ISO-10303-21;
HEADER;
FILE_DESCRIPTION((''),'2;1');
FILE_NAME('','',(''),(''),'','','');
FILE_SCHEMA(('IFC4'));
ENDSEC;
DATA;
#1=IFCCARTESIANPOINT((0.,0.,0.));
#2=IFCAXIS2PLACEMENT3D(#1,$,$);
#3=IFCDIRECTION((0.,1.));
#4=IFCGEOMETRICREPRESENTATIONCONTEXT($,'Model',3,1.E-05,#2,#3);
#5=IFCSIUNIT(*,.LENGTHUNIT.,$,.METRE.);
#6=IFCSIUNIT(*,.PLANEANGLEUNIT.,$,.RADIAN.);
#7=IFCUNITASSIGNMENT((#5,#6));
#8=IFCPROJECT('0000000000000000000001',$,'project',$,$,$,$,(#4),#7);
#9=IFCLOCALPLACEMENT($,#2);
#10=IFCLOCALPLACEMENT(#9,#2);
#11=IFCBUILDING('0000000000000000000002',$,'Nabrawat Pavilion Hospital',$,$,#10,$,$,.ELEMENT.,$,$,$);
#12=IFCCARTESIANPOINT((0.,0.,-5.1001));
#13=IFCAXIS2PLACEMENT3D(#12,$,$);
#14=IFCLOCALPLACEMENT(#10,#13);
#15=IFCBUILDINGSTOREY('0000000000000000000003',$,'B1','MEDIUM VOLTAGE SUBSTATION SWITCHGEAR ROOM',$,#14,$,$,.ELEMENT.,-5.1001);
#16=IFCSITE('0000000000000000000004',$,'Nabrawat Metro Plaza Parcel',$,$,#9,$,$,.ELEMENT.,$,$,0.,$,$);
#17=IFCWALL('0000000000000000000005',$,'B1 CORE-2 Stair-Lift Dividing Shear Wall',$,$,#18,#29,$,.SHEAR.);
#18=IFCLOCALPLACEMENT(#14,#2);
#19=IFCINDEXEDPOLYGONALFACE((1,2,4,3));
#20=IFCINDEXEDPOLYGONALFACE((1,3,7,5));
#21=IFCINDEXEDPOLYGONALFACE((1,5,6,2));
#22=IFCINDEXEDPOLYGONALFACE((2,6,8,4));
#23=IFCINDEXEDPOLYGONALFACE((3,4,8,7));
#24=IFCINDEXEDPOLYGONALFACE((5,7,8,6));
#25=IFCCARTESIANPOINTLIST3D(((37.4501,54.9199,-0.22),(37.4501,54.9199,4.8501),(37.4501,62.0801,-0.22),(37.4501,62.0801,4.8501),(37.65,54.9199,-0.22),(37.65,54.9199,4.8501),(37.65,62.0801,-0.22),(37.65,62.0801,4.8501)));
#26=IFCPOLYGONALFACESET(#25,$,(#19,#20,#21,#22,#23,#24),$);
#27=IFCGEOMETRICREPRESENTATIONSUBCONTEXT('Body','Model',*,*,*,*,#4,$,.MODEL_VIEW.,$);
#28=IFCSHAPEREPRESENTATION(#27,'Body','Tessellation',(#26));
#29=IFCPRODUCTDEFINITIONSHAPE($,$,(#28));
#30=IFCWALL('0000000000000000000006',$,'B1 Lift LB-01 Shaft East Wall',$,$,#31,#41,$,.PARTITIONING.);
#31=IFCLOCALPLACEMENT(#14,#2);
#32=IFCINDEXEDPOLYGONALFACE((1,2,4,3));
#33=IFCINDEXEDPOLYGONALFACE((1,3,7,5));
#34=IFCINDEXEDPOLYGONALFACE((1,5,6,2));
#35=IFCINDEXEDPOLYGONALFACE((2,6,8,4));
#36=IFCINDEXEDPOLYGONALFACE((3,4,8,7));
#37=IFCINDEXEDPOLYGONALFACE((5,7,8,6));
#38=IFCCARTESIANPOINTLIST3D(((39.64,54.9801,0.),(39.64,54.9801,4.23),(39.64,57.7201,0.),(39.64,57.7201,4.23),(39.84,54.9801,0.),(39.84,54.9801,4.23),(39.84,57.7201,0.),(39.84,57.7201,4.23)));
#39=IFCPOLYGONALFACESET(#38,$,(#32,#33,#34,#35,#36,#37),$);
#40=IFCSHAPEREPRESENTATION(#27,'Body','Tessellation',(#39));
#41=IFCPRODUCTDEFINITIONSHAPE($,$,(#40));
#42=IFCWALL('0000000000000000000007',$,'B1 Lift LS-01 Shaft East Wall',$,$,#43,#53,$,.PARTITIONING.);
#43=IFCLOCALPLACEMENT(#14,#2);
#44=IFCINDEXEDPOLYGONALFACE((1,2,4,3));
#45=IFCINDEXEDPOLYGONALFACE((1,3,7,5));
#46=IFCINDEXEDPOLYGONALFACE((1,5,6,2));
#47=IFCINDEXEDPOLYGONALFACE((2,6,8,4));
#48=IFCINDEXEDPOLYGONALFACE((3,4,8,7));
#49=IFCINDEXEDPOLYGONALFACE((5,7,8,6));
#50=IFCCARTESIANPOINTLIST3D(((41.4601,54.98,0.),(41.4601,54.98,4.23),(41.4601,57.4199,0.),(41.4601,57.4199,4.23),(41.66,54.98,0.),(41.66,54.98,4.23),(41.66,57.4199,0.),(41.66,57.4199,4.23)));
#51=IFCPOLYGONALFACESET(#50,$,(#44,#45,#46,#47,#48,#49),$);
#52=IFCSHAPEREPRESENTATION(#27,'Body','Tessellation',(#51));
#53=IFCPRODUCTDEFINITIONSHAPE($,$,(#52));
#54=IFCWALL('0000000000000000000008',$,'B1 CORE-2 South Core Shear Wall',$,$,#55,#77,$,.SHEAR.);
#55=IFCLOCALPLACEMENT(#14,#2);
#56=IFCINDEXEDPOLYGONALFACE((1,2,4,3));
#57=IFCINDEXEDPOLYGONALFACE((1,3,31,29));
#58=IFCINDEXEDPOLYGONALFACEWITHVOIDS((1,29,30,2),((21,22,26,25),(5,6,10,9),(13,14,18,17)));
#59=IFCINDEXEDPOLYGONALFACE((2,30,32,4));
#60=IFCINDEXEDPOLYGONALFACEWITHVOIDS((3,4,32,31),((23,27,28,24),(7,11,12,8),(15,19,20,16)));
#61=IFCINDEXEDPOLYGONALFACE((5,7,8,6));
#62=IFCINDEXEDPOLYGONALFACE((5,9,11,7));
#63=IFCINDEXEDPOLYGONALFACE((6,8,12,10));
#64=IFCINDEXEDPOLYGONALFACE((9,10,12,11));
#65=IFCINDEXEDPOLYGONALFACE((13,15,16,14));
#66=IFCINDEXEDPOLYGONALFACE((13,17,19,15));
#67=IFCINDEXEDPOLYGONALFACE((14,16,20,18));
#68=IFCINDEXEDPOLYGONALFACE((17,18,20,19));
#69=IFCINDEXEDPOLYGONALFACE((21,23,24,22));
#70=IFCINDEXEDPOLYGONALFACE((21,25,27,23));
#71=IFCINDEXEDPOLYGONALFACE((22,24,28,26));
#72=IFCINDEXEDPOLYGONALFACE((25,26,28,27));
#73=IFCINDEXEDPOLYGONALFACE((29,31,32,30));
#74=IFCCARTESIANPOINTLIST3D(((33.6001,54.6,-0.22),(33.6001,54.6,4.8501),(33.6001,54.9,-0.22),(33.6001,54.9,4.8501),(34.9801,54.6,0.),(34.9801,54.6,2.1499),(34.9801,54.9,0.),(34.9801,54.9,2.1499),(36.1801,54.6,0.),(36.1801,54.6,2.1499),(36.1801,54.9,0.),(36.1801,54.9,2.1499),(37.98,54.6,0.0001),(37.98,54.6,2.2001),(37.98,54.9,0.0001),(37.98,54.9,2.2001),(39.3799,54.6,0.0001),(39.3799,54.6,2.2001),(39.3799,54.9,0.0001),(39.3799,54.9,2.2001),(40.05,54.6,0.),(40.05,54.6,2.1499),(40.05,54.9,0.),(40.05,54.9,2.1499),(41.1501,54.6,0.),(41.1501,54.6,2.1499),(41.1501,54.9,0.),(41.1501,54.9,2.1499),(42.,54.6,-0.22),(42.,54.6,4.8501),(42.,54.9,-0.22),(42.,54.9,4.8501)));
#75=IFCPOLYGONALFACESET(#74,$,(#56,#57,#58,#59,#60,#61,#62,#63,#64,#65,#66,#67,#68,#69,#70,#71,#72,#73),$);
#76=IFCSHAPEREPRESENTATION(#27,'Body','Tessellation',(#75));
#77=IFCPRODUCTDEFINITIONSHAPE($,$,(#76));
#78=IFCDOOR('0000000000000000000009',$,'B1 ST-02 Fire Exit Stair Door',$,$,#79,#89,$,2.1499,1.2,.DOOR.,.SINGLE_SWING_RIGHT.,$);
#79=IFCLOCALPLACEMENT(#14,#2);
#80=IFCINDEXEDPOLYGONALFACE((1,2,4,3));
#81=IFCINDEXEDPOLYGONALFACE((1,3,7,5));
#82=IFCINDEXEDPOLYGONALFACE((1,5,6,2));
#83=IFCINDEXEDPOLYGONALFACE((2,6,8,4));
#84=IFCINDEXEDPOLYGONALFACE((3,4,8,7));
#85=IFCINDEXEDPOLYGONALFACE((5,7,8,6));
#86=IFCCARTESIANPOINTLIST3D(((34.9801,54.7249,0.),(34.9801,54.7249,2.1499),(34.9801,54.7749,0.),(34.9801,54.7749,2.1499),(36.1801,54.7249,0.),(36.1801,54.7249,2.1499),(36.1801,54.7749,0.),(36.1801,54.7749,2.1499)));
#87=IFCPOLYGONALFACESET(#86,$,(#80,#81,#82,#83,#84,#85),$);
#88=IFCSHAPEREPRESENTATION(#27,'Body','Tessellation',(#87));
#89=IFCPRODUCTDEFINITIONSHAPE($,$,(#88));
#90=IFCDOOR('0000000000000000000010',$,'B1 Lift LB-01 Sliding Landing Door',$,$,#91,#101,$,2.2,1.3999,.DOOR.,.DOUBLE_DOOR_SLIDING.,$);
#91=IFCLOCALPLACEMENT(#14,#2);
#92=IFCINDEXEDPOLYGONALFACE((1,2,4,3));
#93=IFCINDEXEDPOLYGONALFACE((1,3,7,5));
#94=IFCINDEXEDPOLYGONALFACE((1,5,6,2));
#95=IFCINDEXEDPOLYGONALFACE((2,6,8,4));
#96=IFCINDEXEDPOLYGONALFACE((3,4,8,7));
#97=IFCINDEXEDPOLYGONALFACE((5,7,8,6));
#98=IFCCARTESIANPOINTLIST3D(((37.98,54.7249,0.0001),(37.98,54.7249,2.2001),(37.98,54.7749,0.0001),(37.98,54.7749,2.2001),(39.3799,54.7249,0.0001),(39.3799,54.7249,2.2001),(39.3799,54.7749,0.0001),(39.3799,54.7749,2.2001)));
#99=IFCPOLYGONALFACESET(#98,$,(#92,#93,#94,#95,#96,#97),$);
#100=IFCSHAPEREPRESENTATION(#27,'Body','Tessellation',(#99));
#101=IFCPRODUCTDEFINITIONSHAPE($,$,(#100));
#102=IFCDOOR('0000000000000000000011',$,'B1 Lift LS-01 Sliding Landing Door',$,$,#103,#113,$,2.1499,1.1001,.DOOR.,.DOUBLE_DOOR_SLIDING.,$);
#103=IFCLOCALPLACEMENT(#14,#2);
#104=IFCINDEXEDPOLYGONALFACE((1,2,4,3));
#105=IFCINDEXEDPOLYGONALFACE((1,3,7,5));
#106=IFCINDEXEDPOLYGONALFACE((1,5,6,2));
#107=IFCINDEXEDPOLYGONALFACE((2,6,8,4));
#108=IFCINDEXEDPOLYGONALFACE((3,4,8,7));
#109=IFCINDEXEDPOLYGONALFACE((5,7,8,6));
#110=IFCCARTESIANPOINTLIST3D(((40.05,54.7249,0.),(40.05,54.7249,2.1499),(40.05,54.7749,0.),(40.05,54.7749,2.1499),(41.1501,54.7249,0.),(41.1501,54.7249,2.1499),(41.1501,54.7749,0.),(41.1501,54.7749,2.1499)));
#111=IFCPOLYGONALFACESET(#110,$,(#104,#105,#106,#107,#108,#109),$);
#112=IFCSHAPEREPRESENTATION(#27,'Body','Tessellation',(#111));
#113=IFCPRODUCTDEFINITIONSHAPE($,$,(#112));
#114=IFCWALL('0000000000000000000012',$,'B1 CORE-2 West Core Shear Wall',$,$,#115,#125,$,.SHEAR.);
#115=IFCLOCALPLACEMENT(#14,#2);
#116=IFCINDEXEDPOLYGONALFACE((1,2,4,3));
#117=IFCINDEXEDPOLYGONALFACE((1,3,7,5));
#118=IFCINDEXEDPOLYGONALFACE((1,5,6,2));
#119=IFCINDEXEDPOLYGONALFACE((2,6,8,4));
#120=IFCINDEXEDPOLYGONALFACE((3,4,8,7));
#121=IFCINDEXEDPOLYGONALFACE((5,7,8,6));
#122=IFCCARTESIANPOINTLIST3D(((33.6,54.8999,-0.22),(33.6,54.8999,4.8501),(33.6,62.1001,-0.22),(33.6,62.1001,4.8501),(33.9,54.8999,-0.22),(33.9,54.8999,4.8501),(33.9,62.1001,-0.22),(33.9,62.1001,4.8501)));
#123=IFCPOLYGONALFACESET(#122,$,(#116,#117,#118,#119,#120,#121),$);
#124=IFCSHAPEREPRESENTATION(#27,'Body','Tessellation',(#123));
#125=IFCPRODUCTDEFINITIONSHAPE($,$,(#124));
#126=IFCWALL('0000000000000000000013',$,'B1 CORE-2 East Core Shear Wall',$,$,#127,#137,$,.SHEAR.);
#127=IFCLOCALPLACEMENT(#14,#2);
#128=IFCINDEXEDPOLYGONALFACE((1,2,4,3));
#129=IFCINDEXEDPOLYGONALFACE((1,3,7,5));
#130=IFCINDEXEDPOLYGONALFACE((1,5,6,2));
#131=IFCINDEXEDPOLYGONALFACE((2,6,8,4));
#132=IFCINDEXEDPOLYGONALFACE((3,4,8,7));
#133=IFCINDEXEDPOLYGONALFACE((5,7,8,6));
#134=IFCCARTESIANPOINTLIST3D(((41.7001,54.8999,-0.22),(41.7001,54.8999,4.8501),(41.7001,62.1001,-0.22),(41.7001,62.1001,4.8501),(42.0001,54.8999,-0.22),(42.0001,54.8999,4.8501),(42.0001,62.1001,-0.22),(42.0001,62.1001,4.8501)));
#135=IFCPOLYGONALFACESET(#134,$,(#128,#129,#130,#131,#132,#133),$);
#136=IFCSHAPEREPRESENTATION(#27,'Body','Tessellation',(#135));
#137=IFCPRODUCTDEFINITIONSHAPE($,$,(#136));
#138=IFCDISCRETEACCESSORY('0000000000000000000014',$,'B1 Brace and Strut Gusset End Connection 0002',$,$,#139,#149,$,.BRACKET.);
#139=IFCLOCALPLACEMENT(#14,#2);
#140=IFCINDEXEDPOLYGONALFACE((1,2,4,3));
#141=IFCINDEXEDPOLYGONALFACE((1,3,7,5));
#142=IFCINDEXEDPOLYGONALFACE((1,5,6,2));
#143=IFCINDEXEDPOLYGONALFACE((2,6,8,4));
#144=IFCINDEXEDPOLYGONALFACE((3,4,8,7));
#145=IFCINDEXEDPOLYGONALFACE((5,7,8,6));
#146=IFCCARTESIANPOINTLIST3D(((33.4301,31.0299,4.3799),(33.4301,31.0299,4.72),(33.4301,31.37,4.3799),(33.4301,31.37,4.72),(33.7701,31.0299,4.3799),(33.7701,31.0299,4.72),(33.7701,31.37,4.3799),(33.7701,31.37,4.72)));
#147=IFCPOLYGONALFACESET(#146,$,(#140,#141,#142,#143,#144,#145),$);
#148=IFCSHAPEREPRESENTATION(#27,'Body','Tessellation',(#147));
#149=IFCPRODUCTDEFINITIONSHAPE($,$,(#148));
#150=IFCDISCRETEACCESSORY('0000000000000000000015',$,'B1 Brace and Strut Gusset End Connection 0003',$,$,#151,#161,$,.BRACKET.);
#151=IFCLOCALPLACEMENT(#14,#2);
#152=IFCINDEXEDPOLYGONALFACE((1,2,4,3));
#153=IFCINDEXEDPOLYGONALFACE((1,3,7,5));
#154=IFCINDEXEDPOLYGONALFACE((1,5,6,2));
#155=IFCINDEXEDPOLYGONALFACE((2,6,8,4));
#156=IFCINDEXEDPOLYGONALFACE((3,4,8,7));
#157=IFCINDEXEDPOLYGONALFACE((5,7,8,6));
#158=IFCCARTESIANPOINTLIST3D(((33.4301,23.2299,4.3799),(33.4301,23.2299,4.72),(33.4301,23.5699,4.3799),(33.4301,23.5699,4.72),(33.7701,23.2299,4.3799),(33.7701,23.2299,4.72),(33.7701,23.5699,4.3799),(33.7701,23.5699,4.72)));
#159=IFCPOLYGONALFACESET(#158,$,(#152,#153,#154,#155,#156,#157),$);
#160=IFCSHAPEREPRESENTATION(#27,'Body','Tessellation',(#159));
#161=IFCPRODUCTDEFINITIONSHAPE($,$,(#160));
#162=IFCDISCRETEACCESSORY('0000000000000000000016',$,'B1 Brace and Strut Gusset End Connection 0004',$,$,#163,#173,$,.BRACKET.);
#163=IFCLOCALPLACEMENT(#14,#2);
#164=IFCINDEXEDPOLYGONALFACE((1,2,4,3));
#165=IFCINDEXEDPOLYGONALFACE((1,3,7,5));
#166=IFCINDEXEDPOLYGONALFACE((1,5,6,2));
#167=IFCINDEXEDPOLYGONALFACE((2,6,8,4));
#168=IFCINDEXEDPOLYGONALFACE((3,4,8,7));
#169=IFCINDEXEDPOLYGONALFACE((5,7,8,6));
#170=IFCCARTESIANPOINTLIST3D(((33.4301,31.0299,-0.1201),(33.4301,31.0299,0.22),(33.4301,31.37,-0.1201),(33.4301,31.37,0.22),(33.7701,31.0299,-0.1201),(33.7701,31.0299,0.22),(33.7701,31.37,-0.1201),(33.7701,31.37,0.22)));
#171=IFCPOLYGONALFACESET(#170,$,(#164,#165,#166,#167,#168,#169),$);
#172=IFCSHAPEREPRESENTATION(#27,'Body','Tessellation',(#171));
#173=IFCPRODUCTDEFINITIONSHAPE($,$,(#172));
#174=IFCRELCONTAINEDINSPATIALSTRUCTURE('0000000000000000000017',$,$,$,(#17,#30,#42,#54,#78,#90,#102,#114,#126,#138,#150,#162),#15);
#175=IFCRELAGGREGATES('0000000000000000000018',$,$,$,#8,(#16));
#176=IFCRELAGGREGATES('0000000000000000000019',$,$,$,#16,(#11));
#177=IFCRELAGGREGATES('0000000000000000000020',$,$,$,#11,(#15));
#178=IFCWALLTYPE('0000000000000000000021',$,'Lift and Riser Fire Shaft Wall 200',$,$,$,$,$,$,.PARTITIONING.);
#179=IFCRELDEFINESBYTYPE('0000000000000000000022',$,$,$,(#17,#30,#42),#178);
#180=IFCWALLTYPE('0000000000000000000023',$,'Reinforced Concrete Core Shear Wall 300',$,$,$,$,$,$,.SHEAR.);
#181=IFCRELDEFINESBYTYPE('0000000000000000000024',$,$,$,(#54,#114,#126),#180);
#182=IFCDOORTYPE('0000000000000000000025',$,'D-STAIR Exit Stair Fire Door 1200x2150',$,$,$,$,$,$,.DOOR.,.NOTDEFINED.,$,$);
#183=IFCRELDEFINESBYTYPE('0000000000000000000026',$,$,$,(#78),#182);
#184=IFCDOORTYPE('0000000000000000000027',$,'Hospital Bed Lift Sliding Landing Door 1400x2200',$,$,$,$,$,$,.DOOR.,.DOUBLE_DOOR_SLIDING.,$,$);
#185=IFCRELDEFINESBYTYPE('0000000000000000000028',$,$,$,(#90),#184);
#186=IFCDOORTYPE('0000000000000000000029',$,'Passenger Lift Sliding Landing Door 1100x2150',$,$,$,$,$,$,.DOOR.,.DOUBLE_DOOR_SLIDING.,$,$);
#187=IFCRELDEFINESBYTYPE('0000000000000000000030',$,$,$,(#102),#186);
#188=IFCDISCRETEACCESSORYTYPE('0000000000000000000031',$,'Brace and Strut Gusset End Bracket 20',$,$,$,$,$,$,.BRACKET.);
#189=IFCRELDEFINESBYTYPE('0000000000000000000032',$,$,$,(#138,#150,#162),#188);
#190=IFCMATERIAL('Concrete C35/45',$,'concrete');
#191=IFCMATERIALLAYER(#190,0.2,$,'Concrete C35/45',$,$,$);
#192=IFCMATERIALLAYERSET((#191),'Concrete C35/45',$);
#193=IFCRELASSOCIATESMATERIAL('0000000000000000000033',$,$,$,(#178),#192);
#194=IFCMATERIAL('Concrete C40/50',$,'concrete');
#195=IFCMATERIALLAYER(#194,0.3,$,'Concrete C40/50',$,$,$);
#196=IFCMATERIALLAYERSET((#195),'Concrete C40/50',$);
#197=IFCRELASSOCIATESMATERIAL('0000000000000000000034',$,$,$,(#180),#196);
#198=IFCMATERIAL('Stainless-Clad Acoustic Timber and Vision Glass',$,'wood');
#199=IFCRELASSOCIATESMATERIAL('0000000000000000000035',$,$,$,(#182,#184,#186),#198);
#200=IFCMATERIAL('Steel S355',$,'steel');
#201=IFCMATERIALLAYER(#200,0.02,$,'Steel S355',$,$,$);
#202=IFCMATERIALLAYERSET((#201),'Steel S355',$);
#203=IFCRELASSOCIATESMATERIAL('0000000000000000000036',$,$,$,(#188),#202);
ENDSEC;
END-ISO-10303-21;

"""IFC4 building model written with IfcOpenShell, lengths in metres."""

from ifc_helpers import new_model, si_unit, direction, frame, frame_2d, origin, origin_2d, place, context, subcontext, project, spatial, rectangle, extrude, material, layer, layer_set, type_object, element, fill, save


model = new_model("IFC4")

# Units and contexts
model_context = context("Model", 3, precision=1e-05, world=origin(), true_north=direction((0.0, 1.0)))
body_context = subcontext(model_context, "Body", "Model", "MODEL_VIEW")
ifc_project = project(units=[si_unit("LENGTHUNIT", "METRE"), si_unit("PLANEANGLEUNIT", "RADIAN")], contexts=[model_context])

# Site, building, storey
site_placement = place(None, origin())
site = spatial("IfcSite", under=ifc_project, at=site_placement, Name="Nabrawat Metro Plaza Parcel", CompositionType="ELEMENT", RefElevation=0.0)
building_placement = place(site_placement, origin())
building = spatial("IfcBuilding", under=site, at=building_placement, Name="Nabrawat Pavilion Hospital", CompositionType="ELEMENT")
storey_placement = place(building_placement, frame((0.0, 0.0, -5.1001)))
storey = spatial("IfcBuildingStorey", under=building, at=storey_placement, Name="B1", Description="MEDIUM VOLTAGE SUBSTATION SWITCHGEAR ROOM", CompositionType="ELEMENT", Elevation=-5.1001)

# Shared definitions
ifc_material_1 = material(Name="Concrete C35/45", Category="concrete")

# Shared definitions
ifc_material_2 = material(Name="Concrete C40/50", Category="concrete")

# Shared definitions
ifc_material_3 = material(Name="Steel S355", Category="steel")

# Walls
ifc_layer_1 = layer(ifc_material_1, 0.2, Name="Concrete C35/45")
ifc_layer_set_1 = layer_set([ifc_layer_1], Name="Concrete C35/45")
wall_type_1 = type_object("IfcWallType", Name="Lift and Riser Fire Shaft Wall 200", PredefinedType="PARTITIONING", material=ifc_layer_set_1)
wall_1_placement = place(storey_placement, frame((37.55, 54.9199, -0.22), z_axis=(0.0, 0.0, 1.0), x_axis=(0.0, 1.0, 0.0)))
element("IfcWall", 1, at=wall_1_placement, inside=storey, type_object=wall_type_1, Name="B1 CORE-2 Stair-Lift Dividing Shear Wall", PredefinedType="SHEAR", context=body_context, shape_type="SweptSolid", body=[
    extrude(rectangle(XDim=7.1602, YDim=0.2, at=frame_2d((3.5801, 0.0))), origin(), (0.0, 0.0, 1.0), 5.0701),
])
wall_2_placement = place(storey_placement, frame((39.74, 54.98, 0.0), z_axis=(0.0, 0.0, 1.0), x_axis=(0.0, 1.0, 0.0)))
element("IfcWall", 2, at=wall_2_placement, inside=storey, type_object=wall_type_1, Name="B1 Lift LB-01 Shaft East Wall", PredefinedType="PARTITIONING", context=body_context, shape_type="SweptSolid", body=[
    extrude(rectangle(XDim=2.74, YDim=0.2, at=frame_2d((1.3701, 0.0))), origin(), (0.0, 0.0, 1.0), 4.23),
])
wall_3_placement = place(storey_placement, frame((41.5601, 54.98, 0.0), z_axis=(0.0, 0.0, 1.0), x_axis=(0.0, 1.0, 0.0)))
element("IfcWall", 3, at=wall_3_placement, inside=storey, type_object=wall_type_1, Name="B1 Lift LS-01 Shaft East Wall", PredefinedType="PARTITIONING", context=body_context, shape_type="SweptSolid", body=[
    extrude(rectangle(XDim=2.4399, YDim=0.2, at=frame_2d((1.22, 0.0))), origin(), (0.0, 0.0, 1.0), 4.23),
])

# Wall, openings, doors
ifc_layer_2 = layer(ifc_material_2, 0.3, Name="Concrete C40/50")
ifc_layer_set_2 = layer_set([ifc_layer_2], Name="Concrete C40/50")
wall_type_2 = type_object("IfcWallType", Name="Reinforced Concrete Core Shear Wall 300", PredefinedType="SHEAR", material=ifc_layer_set_2)
wall_4_placement = place(storey_placement, frame((33.6001, 54.75, -0.22), z_axis=(0.0, 0.0, 1.0), x_axis=(1.0, 0.0, 0.0)))
wall_4 = element("IfcWall", 4, at=wall_4_placement, inside=storey, type_object=wall_type_2, Name="B1 CORE-2 South Core Shear Wall", PredefinedType="SHEAR", context=body_context, shape_type="SweptSolid", body=[
    extrude(rectangle(XDim=8.3999, YDim=0.3, at=frame_2d((4.2, 0.0))), origin(), (0.0, 0.0, 1.0), 5.0701),
])
opening_1_placement = place(wall_4_placement, frame((1.3799, 0.0, 0.22)))
opening_1 = element("IfcOpeningElement", 5, at=opening_1_placement, cuts=wall_4, PredefinedType="OPENING", context=body_context, shape_type="SweptSolid", body=[
    extrude(rectangle(XDim=1.2, YDim=2.1499, at=frame_2d((0.6001, 1.075))), frame((0.0, 0.1602, 0.0), z_axis=(0.0, -1.0, 0.0), x_axis=(1.0, 0.0, 0.0)), (0.0, 0.0, 1.0), 0.3201),
])
opening_2_placement = place(wall_4_placement, frame((4.3799, 0.0, 0.22)))
opening_2 = element("IfcOpeningElement", 6, at=opening_2_placement, cuts=wall_4, PredefinedType="OPENING", context=body_context, shape_type="SweptSolid", body=[
    extrude(rectangle(XDim=1.3999, YDim=2.2, at=frame_2d((0.7, 1.1001))), frame((0.0, 0.1602, 0.0), z_axis=(0.0, -1.0, 0.0), x_axis=(1.0, 0.0, 0.0)), (0.0, 0.0, 1.0), 0.3201),
])
opening_3_placement = place(wall_4_placement, frame((6.45, 0.0, 0.22)))
opening_3 = element("IfcOpeningElement", 7, at=opening_3_placement, cuts=wall_4, PredefinedType="OPENING", context=body_context, shape_type="SweptSolid", body=[
    extrude(rectangle(XDim=1.1001, YDim=2.1499, at=frame_2d((0.55, 1.075))), frame((0.0, 0.1602, 0.0), z_axis=(0.0, -1.0, 0.0), x_axis=(1.0, 0.0, 0.0)), (0.0, 0.0, 1.0), 0.3201),
])
ifc_material_4 = material(Name="Stainless-Clad Acoustic Timber and Vision Glass", Category="wood")
door_type_1 = type_object("IfcDoorType", Name="D-STAIR Exit Stair Fire Door 1200x2150", OperationType="NOTDEFINED", PredefinedType="DOOR", material=ifc_material_4)
door_1_placement = place(opening_1_placement, origin())
door_1 = element("IfcDoor", 8, at=door_1_placement, inside=storey, type_object=door_type_1, Name="B1 ST-02 Fire Exit Stair Door", OperationType="SINGLE_SWING_RIGHT", OverallHeight=2.1499, OverallWidth=1.2, PredefinedType="DOOR", context=body_context, shape_type="SweptSolid", body=[
    extrude(rectangle(XDim=1.2, YDim=2.1499, at=frame_2d((0.6001, 1.075))), frame((0.0, 0.0249, 0.0), z_axis=(0.0, -1.0, 0.0), x_axis=(1.0, 0.0, 0.0)), (0.0, 0.0, 1.0), 0.05),
])
fill(opening_1, door_1)
door_type_2 = type_object("IfcDoorType", Name="Hospital Bed Lift Sliding Landing Door 1400x2200", OperationType="DOUBLE_DOOR_SLIDING", PredefinedType="DOOR", material=ifc_material_4)
door_2_placement = place(opening_2_placement, origin())
door_2 = element("IfcDoor", 9, at=door_2_placement, inside=storey, type_object=door_type_2, Name="B1 Lift LB-01 Sliding Landing Door", OperationType="DOUBLE_DOOR_SLIDING", OverallHeight=2.2, OverallWidth=1.3999, PredefinedType="DOOR", context=body_context, shape_type="SweptSolid", body=[
    extrude(rectangle(XDim=1.3999, YDim=2.2, at=frame_2d((0.7, 1.1001))), frame((0.0, 0.0249, 0.0), z_axis=(0.0, -1.0, 0.0), x_axis=(1.0, 0.0, 0.0)), (0.0, 0.0, 1.0), 0.05),
])
fill(opening_2, door_2)
door_type_3 = type_object("IfcDoorType", Name="Passenger Lift Sliding Landing Door 1100x2150", OperationType="DOUBLE_DOOR_SLIDING", PredefinedType="DOOR", material=ifc_material_4)
door_3_placement = place(opening_3_placement, origin())
door_3 = element("IfcDoor", 10, at=door_3_placement, inside=storey, type_object=door_type_3, Name="B1 Lift LS-01 Sliding Landing Door", OperationType="DOUBLE_DOOR_SLIDING", OverallHeight=2.1499, OverallWidth=1.1001, PredefinedType="DOOR", context=body_context, shape_type="SweptSolid", body=[
    extrude(rectangle(XDim=1.1001, YDim=2.1499, at=frame_2d((0.55, 1.075))), frame((0.0, 0.0249, 0.0), z_axis=(0.0, -1.0, 0.0), x_axis=(1.0, 0.0, 0.0)), (0.0, 0.0, 1.0), 0.05),
])
fill(opening_3, door_3)

# Walls
for number, where, z_axis, x_axis, name in (
    (11, (33.75, 54.8999, -0.22), (0.0, 0.0, 1.0), (0.0, 1.0, 0.0), "B1 CORE-2 West Core Shear Wall"),
    (12, (41.8501, 54.8999, -0.22), (0.0, 0.0, 1.0), (0.0, 1.0, 0.0), "B1 CORE-2 East Core Shear Wall"),
):
    element("IfcWall", number, at=place(storey_placement, frame(where, z_axis=z_axis, x_axis=x_axis)), inside=storey, type_object=wall_type_2, Name=name, PredefinedType="SHEAR", context=body_context, shape_type="SweptSolid", body=[
        extrude(rectangle(XDim=7.2002, YDim=0.3, at=frame_2d((3.6001, 0.0))), origin(), (0.0, 0.0, 1.0), 5.0701),
    ])

# Discrete accessories
ifc_layer_3 = layer(ifc_material_3, 0.02, Name="Steel S355")
ifc_layer_set_3 = layer_set([ifc_layer_3], Name="Steel S355")
discrete_accessory_type = type_object("IfcDiscreteAccessoryType", Name="Brace and Strut Gusset End Bracket 20", PredefinedType="BRACKET", material=ifc_layer_set_3)
for number, where, z_axis, x_axis, name in (
    (13, (33.6001, 31.2, 4.3799), (0.0, 0.0, 1.0), (1.0, 0.0, 0.0), "B1 Brace and Strut Gusset End Connection 0002"),
    (14, (33.6001, 23.3999, 4.3799), (0.0, 0.0, 1.0), (1.0, 0.0, 0.0), "B1 Brace and Strut Gusset End Connection 0003"),
    (15, (33.6001, 31.2, -0.1201), (0.0, 0.0, 1.0), (1.0, 0.0, 0.0), "B1 Brace and Strut Gusset End Connection 0004"),
):
    element("IfcDiscreteAccessory", number, at=place(storey_placement, frame(where, z_axis=z_axis, x_axis=x_axis)), inside=storey, type_object=discrete_accessory_type, Name=name, PredefinedType="BRACKET", context=body_context, shape_type="SweptSolid", body=[
        extrude(rectangle(XDim=0.3401, YDim=0.3401, at=origin_2d()), origin(), (0.0, 0.0, 1.0), 0.3401),
    ])

save(model, "model.ifc")
